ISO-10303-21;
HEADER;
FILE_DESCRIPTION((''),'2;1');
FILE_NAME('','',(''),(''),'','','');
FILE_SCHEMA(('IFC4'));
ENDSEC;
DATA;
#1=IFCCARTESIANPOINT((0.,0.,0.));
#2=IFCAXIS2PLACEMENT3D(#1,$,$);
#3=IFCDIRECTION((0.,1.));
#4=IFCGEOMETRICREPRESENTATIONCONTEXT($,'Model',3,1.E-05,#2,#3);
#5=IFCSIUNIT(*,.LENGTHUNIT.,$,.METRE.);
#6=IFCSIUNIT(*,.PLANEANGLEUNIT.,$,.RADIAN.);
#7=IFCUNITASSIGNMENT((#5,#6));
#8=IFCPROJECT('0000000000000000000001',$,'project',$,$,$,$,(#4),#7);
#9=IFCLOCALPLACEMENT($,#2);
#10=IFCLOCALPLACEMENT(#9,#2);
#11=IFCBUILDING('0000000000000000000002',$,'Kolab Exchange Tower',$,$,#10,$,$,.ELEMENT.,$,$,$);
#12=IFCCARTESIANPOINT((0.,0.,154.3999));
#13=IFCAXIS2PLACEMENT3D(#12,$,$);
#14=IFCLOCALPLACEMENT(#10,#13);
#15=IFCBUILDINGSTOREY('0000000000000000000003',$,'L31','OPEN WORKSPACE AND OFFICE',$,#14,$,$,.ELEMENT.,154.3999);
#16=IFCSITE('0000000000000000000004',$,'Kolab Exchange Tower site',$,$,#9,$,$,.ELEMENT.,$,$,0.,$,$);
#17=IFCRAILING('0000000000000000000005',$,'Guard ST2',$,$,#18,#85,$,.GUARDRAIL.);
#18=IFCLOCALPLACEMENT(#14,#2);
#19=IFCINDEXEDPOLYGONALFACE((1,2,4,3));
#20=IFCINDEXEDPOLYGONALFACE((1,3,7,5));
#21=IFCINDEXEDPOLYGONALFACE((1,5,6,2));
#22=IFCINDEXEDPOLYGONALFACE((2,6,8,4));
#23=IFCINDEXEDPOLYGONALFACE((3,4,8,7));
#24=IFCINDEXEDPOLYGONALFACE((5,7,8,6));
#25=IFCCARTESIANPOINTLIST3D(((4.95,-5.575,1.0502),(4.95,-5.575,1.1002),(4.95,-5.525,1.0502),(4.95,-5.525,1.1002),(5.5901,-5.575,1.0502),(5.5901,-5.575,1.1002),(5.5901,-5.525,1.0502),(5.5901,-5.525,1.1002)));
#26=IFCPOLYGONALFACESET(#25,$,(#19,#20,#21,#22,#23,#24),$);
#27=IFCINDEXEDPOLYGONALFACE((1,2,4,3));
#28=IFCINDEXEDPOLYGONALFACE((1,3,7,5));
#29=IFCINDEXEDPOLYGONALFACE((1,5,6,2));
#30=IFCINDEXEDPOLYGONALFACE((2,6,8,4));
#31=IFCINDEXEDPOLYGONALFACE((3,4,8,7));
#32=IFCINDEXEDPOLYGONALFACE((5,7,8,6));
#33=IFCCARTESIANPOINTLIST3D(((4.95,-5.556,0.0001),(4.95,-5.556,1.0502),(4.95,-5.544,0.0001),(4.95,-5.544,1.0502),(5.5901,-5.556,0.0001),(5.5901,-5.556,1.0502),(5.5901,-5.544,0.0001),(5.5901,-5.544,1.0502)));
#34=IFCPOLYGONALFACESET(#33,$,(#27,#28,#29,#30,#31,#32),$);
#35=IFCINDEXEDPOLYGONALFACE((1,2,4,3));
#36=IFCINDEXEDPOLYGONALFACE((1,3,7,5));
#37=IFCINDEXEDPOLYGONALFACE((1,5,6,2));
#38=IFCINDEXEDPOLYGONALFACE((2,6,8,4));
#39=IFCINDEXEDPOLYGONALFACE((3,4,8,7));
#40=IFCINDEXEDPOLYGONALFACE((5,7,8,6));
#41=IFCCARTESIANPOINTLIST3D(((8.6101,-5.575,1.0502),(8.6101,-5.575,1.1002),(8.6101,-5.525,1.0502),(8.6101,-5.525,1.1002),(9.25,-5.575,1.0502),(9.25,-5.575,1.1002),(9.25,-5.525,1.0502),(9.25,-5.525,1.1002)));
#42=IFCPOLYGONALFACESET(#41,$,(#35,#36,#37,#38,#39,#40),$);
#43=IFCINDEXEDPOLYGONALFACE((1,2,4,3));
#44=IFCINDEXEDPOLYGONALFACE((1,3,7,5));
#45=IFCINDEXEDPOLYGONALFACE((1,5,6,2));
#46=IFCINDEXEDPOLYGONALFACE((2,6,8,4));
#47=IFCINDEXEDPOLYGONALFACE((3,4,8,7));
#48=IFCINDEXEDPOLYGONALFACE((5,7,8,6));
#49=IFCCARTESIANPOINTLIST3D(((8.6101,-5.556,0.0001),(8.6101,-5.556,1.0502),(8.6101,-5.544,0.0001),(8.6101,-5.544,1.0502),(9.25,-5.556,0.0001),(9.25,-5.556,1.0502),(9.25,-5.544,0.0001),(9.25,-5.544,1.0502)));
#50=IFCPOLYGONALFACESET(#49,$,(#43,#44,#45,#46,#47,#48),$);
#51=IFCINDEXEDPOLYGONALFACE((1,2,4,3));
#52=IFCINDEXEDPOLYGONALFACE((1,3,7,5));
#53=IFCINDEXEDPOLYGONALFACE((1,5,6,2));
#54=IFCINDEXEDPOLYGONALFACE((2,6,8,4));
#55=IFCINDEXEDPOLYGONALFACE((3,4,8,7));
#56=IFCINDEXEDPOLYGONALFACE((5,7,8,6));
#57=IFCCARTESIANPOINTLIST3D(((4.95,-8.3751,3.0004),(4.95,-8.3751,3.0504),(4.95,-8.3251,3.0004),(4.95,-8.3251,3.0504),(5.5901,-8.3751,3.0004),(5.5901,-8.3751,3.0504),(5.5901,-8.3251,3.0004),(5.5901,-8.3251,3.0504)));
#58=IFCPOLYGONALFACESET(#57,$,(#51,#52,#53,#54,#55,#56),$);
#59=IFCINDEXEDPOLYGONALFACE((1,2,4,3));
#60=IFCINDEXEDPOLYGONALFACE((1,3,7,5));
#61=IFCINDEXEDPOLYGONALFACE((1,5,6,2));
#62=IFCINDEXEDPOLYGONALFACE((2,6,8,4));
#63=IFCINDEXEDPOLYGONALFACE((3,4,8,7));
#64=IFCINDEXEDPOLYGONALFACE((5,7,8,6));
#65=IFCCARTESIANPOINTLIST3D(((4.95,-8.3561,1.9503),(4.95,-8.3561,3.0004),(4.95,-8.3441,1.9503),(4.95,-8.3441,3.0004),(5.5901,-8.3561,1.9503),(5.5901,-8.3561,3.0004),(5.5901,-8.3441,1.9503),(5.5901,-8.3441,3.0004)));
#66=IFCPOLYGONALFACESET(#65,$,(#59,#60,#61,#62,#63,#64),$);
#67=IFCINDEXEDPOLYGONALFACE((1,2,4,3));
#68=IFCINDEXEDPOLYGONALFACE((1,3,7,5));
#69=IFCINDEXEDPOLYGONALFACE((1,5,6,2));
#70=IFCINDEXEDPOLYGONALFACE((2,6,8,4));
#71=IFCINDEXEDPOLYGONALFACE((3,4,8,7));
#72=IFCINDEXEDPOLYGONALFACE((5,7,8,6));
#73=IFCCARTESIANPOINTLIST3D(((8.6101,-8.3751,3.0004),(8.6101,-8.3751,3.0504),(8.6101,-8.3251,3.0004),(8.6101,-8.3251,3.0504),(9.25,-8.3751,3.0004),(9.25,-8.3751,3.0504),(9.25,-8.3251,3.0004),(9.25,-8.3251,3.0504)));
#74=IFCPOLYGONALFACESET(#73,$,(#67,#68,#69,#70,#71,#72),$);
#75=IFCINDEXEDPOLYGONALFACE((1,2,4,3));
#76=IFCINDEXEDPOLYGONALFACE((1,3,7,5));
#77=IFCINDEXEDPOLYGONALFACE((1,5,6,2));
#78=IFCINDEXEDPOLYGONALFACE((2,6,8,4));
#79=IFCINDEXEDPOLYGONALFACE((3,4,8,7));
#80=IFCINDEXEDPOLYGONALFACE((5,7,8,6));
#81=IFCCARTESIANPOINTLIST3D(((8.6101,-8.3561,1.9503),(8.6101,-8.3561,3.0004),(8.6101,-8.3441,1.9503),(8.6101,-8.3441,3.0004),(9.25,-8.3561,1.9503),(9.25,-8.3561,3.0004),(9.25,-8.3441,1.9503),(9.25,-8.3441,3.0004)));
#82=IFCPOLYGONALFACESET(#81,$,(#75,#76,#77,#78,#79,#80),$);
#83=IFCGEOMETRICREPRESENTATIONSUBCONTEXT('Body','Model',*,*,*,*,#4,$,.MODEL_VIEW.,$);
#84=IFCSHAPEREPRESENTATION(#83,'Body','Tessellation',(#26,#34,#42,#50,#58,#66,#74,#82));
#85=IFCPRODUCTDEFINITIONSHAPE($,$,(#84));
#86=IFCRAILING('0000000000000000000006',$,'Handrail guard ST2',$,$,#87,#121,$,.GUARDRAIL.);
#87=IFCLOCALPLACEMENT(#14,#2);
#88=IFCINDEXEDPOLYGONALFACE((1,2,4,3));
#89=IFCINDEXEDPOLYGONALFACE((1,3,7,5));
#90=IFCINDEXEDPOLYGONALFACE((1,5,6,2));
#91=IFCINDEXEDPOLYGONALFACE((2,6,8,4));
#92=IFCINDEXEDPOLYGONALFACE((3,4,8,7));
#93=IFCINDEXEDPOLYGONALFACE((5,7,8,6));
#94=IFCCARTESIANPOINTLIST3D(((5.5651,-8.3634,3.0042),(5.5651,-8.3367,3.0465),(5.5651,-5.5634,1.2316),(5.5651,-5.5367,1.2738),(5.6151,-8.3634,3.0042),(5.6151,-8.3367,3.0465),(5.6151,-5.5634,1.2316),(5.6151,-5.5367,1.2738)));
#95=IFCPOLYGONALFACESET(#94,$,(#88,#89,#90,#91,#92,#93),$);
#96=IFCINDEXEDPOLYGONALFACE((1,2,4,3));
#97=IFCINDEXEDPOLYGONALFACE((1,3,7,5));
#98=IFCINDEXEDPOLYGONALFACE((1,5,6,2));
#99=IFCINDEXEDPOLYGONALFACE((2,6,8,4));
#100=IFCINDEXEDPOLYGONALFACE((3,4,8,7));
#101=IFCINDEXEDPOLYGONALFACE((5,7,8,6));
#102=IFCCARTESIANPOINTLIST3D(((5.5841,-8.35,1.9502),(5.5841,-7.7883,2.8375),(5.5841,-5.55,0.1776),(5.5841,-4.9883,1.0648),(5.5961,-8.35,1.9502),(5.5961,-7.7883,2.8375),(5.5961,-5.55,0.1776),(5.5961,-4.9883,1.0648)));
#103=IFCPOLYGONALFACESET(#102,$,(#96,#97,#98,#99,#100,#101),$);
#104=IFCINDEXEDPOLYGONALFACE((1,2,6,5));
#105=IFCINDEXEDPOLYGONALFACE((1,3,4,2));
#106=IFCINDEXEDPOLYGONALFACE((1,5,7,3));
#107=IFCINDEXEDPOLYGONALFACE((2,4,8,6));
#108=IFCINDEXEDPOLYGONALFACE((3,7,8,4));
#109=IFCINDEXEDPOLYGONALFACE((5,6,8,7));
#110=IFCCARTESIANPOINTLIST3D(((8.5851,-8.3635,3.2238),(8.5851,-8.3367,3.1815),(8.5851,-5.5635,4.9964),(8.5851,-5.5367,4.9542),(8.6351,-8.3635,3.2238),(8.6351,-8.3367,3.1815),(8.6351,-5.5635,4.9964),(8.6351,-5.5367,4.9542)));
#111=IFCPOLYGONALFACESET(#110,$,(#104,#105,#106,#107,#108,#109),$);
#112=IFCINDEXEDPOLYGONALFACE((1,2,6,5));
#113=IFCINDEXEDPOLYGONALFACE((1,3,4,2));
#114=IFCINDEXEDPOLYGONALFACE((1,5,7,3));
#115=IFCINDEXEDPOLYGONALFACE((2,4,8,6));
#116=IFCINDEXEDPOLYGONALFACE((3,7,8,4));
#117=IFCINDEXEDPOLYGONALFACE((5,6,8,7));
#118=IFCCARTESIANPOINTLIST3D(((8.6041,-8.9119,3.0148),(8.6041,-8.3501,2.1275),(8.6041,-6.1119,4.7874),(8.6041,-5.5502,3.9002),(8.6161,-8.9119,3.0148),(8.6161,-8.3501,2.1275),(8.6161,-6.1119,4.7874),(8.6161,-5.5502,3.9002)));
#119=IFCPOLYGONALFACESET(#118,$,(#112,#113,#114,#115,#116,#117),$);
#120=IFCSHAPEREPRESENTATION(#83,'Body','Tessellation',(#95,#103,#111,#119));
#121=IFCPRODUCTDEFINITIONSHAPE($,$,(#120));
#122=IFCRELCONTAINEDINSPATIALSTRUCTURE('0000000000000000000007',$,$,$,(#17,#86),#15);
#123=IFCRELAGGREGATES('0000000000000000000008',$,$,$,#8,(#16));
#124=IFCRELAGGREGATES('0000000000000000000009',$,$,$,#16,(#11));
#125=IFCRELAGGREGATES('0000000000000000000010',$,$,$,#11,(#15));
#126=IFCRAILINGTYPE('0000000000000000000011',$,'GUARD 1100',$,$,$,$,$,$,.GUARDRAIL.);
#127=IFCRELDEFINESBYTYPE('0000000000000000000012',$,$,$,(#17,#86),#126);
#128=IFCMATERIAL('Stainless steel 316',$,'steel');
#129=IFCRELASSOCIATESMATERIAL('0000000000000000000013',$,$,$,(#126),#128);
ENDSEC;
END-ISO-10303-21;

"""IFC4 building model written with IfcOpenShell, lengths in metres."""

from ifc_helpers import new_model, si_unit, direction, frame, frame_2d, origin, origin_2d, place, context, subcontext, project, spatial, rectangle, extrude, material, type_object, element, save


model = new_model("IFC4")

# Units and contexts
model_context = context("Model", 3, precision=1e-05, world=origin(), true_north=direction((0.0, 1.0)))
body_context = subcontext(model_context, "Body", "Model", "MODEL_VIEW")
ifc_project = project(units=[si_unit("LENGTHUNIT", "METRE"), si_unit("PLANEANGLEUNIT", "RADIAN")], contexts=[model_context])

# Site, building, storey
site_placement = place(None, origin())
site = spatial("IfcSite", under=ifc_project, at=site_placement, Name="Kolab Exchange Tower site", CompositionType="ELEMENT", RefElevation=0.0)
building_placement = place(site_placement, origin())
building = spatial("IfcBuilding", under=site, at=building_placement, Name="Kolab Exchange Tower", CompositionType="ELEMENT")
storey_placement = place(building_placement, frame((0.0, 0.0, 154.3999)))
storey = spatial("IfcBuildingStorey", under=building, at=storey_placement, Name="L31", Description="OPEN WORKSPACE AND OFFICE", CompositionType="ELEMENT", Elevation=154.3999)

# Shared definitions
ifc_material_1 = material(Name="Stainless steel 316", Category="steel")

# Railings
railing_type = type_object("IfcRailingType", Name="GUARD 1100", PredefinedType="GUARDRAIL", material=ifc_material_1)
railing_1_placement = place(storey_placement, frame((4.95, -5.55, 0.0)))
element("IfcRailing", 1, at=railing_1_placement, inside=storey, type_object=railing_type, Name="Guard ST2", PredefinedType="GUARDRAIL", context=body_context, shape_type="SweptSolid", body=[
    extrude(rectangle(XDim=0.05, YDim=0.05, at=origin_2d()), frame((0.0, 0.0, 1.0752), z_axis=(1.0, 0.0, 0.0), x_axis=(0.0, 1.0, 0.0)), (0.0, 0.0, 1.0), 0.6401),
    extrude(rectangle(XDim=0.012, YDim=1.0501, at=frame_2d((0.0, 0.5251))), frame((0.0, 0.0, 0.0), z_axis=(1.0, 0.0, 0.0), x_axis=(0.0, 1.0, 0.0)), (0.0, 0.0, 1.0), 0.6401),
    extrude(rectangle(XDim=0.05, YDim=0.05, at=origin_2d()), frame((3.6602, 0.0, 1.0752), z_axis=(1.0, 0.0, 0.0), x_axis=(0.0, 1.0, 0.0)), (0.0, 0.0, 1.0), 0.6399),
    extrude(rectangle(XDim=0.012, YDim=1.0501, at=frame_2d((0.0, 0.5251))), frame((3.6602, 0.0, 0.0), z_axis=(1.0, 0.0, 0.0), x_axis=(0.0, 1.0, 0.0)), (0.0, 0.0, 1.0), 0.6399),
    extrude(rectangle(XDim=0.05, YDim=0.05, at=origin_2d()), frame((0.0, -2.8, 3.0254), z_axis=(1.0, 0.0, 0.0), x_axis=(0.0, 1.0, 0.0)), (0.0, 0.0, 1.0), 0.6401),
    extrude(rectangle(XDim=0.012, YDim=1.0501, at=frame_2d((0.0, 0.5251))), frame((0.0, -2.8, 1.9502), z_axis=(1.0, 0.0, 0.0), x_axis=(0.0, 1.0, 0.0)), (0.0, 0.0, 1.0), 0.6401),
    extrude(rectangle(XDim=0.05, YDim=0.05, at=origin_2d()), frame((3.6602, -2.8, 3.0254), z_axis=(1.0, 0.0, 0.0), x_axis=(0.0, 1.0, 0.0)), (0.0, 0.0, 1.0), 0.6399),
    extrude(rectangle(XDim=0.012, YDim=1.0501, at=frame_2d((0.0, 0.5251))), frame((3.6602, -2.8, 1.9502), z_axis=(1.0, 0.0, 0.0), x_axis=(0.0, 1.0, 0.0)), (0.0, 0.0, 1.0), 0.6399),
])
railing_2_placement = place(storey_placement, frame((5.5901, -5.55, 0.1775)))
element("IfcRailing", 2, at=railing_2_placement, inside=storey, type_object=railing_type, Name="Handrail guard ST2", PredefinedType="GUARDRAIL", context=body_context, shape_type="SweptSolid", body=[
    extrude(rectangle(XDim=0.05, YDim=0.05, at=origin_2d()), frame((0.0, 0.0, 1.0752), z_axis=(0.0, -0.844909, 0.53491), x_axis=(1.0, 0.0, 0.0)), (0.0, 0.0, 1.0), 3.314),
    extrude(rectangle(XDim=0.012, YDim=1.0501, at=frame_2d((0.0, 0.5251))), frame((0.0, 0.0, 0.0), z_axis=(0.0, -0.844909, 0.53491), x_axis=(1.0, 0.0, 0.0)), (0.0, 0.0, 1.0), 3.314),
    extrude(rectangle(XDim=0.05, YDim=0.05, at=origin_2d()), frame((3.02, -2.8, 3.0251), z_axis=(0.0, 0.844909, 0.53491), x_axis=(-1.0, 0.0, 0.0)), (0.0, 0.0, 1.0), 3.314),
    extrude(rectangle(XDim=0.012, YDim=1.0501, at=frame_2d((0.0, 0.5251))), frame((3.02, -2.8, 1.95), z_axis=(0.0, 0.844909, 0.53491), x_axis=(-1.0, 0.0, 0.0)), (0.0, 0.0, 1.0), 3.314),
])

save(model, "model.ifc")
